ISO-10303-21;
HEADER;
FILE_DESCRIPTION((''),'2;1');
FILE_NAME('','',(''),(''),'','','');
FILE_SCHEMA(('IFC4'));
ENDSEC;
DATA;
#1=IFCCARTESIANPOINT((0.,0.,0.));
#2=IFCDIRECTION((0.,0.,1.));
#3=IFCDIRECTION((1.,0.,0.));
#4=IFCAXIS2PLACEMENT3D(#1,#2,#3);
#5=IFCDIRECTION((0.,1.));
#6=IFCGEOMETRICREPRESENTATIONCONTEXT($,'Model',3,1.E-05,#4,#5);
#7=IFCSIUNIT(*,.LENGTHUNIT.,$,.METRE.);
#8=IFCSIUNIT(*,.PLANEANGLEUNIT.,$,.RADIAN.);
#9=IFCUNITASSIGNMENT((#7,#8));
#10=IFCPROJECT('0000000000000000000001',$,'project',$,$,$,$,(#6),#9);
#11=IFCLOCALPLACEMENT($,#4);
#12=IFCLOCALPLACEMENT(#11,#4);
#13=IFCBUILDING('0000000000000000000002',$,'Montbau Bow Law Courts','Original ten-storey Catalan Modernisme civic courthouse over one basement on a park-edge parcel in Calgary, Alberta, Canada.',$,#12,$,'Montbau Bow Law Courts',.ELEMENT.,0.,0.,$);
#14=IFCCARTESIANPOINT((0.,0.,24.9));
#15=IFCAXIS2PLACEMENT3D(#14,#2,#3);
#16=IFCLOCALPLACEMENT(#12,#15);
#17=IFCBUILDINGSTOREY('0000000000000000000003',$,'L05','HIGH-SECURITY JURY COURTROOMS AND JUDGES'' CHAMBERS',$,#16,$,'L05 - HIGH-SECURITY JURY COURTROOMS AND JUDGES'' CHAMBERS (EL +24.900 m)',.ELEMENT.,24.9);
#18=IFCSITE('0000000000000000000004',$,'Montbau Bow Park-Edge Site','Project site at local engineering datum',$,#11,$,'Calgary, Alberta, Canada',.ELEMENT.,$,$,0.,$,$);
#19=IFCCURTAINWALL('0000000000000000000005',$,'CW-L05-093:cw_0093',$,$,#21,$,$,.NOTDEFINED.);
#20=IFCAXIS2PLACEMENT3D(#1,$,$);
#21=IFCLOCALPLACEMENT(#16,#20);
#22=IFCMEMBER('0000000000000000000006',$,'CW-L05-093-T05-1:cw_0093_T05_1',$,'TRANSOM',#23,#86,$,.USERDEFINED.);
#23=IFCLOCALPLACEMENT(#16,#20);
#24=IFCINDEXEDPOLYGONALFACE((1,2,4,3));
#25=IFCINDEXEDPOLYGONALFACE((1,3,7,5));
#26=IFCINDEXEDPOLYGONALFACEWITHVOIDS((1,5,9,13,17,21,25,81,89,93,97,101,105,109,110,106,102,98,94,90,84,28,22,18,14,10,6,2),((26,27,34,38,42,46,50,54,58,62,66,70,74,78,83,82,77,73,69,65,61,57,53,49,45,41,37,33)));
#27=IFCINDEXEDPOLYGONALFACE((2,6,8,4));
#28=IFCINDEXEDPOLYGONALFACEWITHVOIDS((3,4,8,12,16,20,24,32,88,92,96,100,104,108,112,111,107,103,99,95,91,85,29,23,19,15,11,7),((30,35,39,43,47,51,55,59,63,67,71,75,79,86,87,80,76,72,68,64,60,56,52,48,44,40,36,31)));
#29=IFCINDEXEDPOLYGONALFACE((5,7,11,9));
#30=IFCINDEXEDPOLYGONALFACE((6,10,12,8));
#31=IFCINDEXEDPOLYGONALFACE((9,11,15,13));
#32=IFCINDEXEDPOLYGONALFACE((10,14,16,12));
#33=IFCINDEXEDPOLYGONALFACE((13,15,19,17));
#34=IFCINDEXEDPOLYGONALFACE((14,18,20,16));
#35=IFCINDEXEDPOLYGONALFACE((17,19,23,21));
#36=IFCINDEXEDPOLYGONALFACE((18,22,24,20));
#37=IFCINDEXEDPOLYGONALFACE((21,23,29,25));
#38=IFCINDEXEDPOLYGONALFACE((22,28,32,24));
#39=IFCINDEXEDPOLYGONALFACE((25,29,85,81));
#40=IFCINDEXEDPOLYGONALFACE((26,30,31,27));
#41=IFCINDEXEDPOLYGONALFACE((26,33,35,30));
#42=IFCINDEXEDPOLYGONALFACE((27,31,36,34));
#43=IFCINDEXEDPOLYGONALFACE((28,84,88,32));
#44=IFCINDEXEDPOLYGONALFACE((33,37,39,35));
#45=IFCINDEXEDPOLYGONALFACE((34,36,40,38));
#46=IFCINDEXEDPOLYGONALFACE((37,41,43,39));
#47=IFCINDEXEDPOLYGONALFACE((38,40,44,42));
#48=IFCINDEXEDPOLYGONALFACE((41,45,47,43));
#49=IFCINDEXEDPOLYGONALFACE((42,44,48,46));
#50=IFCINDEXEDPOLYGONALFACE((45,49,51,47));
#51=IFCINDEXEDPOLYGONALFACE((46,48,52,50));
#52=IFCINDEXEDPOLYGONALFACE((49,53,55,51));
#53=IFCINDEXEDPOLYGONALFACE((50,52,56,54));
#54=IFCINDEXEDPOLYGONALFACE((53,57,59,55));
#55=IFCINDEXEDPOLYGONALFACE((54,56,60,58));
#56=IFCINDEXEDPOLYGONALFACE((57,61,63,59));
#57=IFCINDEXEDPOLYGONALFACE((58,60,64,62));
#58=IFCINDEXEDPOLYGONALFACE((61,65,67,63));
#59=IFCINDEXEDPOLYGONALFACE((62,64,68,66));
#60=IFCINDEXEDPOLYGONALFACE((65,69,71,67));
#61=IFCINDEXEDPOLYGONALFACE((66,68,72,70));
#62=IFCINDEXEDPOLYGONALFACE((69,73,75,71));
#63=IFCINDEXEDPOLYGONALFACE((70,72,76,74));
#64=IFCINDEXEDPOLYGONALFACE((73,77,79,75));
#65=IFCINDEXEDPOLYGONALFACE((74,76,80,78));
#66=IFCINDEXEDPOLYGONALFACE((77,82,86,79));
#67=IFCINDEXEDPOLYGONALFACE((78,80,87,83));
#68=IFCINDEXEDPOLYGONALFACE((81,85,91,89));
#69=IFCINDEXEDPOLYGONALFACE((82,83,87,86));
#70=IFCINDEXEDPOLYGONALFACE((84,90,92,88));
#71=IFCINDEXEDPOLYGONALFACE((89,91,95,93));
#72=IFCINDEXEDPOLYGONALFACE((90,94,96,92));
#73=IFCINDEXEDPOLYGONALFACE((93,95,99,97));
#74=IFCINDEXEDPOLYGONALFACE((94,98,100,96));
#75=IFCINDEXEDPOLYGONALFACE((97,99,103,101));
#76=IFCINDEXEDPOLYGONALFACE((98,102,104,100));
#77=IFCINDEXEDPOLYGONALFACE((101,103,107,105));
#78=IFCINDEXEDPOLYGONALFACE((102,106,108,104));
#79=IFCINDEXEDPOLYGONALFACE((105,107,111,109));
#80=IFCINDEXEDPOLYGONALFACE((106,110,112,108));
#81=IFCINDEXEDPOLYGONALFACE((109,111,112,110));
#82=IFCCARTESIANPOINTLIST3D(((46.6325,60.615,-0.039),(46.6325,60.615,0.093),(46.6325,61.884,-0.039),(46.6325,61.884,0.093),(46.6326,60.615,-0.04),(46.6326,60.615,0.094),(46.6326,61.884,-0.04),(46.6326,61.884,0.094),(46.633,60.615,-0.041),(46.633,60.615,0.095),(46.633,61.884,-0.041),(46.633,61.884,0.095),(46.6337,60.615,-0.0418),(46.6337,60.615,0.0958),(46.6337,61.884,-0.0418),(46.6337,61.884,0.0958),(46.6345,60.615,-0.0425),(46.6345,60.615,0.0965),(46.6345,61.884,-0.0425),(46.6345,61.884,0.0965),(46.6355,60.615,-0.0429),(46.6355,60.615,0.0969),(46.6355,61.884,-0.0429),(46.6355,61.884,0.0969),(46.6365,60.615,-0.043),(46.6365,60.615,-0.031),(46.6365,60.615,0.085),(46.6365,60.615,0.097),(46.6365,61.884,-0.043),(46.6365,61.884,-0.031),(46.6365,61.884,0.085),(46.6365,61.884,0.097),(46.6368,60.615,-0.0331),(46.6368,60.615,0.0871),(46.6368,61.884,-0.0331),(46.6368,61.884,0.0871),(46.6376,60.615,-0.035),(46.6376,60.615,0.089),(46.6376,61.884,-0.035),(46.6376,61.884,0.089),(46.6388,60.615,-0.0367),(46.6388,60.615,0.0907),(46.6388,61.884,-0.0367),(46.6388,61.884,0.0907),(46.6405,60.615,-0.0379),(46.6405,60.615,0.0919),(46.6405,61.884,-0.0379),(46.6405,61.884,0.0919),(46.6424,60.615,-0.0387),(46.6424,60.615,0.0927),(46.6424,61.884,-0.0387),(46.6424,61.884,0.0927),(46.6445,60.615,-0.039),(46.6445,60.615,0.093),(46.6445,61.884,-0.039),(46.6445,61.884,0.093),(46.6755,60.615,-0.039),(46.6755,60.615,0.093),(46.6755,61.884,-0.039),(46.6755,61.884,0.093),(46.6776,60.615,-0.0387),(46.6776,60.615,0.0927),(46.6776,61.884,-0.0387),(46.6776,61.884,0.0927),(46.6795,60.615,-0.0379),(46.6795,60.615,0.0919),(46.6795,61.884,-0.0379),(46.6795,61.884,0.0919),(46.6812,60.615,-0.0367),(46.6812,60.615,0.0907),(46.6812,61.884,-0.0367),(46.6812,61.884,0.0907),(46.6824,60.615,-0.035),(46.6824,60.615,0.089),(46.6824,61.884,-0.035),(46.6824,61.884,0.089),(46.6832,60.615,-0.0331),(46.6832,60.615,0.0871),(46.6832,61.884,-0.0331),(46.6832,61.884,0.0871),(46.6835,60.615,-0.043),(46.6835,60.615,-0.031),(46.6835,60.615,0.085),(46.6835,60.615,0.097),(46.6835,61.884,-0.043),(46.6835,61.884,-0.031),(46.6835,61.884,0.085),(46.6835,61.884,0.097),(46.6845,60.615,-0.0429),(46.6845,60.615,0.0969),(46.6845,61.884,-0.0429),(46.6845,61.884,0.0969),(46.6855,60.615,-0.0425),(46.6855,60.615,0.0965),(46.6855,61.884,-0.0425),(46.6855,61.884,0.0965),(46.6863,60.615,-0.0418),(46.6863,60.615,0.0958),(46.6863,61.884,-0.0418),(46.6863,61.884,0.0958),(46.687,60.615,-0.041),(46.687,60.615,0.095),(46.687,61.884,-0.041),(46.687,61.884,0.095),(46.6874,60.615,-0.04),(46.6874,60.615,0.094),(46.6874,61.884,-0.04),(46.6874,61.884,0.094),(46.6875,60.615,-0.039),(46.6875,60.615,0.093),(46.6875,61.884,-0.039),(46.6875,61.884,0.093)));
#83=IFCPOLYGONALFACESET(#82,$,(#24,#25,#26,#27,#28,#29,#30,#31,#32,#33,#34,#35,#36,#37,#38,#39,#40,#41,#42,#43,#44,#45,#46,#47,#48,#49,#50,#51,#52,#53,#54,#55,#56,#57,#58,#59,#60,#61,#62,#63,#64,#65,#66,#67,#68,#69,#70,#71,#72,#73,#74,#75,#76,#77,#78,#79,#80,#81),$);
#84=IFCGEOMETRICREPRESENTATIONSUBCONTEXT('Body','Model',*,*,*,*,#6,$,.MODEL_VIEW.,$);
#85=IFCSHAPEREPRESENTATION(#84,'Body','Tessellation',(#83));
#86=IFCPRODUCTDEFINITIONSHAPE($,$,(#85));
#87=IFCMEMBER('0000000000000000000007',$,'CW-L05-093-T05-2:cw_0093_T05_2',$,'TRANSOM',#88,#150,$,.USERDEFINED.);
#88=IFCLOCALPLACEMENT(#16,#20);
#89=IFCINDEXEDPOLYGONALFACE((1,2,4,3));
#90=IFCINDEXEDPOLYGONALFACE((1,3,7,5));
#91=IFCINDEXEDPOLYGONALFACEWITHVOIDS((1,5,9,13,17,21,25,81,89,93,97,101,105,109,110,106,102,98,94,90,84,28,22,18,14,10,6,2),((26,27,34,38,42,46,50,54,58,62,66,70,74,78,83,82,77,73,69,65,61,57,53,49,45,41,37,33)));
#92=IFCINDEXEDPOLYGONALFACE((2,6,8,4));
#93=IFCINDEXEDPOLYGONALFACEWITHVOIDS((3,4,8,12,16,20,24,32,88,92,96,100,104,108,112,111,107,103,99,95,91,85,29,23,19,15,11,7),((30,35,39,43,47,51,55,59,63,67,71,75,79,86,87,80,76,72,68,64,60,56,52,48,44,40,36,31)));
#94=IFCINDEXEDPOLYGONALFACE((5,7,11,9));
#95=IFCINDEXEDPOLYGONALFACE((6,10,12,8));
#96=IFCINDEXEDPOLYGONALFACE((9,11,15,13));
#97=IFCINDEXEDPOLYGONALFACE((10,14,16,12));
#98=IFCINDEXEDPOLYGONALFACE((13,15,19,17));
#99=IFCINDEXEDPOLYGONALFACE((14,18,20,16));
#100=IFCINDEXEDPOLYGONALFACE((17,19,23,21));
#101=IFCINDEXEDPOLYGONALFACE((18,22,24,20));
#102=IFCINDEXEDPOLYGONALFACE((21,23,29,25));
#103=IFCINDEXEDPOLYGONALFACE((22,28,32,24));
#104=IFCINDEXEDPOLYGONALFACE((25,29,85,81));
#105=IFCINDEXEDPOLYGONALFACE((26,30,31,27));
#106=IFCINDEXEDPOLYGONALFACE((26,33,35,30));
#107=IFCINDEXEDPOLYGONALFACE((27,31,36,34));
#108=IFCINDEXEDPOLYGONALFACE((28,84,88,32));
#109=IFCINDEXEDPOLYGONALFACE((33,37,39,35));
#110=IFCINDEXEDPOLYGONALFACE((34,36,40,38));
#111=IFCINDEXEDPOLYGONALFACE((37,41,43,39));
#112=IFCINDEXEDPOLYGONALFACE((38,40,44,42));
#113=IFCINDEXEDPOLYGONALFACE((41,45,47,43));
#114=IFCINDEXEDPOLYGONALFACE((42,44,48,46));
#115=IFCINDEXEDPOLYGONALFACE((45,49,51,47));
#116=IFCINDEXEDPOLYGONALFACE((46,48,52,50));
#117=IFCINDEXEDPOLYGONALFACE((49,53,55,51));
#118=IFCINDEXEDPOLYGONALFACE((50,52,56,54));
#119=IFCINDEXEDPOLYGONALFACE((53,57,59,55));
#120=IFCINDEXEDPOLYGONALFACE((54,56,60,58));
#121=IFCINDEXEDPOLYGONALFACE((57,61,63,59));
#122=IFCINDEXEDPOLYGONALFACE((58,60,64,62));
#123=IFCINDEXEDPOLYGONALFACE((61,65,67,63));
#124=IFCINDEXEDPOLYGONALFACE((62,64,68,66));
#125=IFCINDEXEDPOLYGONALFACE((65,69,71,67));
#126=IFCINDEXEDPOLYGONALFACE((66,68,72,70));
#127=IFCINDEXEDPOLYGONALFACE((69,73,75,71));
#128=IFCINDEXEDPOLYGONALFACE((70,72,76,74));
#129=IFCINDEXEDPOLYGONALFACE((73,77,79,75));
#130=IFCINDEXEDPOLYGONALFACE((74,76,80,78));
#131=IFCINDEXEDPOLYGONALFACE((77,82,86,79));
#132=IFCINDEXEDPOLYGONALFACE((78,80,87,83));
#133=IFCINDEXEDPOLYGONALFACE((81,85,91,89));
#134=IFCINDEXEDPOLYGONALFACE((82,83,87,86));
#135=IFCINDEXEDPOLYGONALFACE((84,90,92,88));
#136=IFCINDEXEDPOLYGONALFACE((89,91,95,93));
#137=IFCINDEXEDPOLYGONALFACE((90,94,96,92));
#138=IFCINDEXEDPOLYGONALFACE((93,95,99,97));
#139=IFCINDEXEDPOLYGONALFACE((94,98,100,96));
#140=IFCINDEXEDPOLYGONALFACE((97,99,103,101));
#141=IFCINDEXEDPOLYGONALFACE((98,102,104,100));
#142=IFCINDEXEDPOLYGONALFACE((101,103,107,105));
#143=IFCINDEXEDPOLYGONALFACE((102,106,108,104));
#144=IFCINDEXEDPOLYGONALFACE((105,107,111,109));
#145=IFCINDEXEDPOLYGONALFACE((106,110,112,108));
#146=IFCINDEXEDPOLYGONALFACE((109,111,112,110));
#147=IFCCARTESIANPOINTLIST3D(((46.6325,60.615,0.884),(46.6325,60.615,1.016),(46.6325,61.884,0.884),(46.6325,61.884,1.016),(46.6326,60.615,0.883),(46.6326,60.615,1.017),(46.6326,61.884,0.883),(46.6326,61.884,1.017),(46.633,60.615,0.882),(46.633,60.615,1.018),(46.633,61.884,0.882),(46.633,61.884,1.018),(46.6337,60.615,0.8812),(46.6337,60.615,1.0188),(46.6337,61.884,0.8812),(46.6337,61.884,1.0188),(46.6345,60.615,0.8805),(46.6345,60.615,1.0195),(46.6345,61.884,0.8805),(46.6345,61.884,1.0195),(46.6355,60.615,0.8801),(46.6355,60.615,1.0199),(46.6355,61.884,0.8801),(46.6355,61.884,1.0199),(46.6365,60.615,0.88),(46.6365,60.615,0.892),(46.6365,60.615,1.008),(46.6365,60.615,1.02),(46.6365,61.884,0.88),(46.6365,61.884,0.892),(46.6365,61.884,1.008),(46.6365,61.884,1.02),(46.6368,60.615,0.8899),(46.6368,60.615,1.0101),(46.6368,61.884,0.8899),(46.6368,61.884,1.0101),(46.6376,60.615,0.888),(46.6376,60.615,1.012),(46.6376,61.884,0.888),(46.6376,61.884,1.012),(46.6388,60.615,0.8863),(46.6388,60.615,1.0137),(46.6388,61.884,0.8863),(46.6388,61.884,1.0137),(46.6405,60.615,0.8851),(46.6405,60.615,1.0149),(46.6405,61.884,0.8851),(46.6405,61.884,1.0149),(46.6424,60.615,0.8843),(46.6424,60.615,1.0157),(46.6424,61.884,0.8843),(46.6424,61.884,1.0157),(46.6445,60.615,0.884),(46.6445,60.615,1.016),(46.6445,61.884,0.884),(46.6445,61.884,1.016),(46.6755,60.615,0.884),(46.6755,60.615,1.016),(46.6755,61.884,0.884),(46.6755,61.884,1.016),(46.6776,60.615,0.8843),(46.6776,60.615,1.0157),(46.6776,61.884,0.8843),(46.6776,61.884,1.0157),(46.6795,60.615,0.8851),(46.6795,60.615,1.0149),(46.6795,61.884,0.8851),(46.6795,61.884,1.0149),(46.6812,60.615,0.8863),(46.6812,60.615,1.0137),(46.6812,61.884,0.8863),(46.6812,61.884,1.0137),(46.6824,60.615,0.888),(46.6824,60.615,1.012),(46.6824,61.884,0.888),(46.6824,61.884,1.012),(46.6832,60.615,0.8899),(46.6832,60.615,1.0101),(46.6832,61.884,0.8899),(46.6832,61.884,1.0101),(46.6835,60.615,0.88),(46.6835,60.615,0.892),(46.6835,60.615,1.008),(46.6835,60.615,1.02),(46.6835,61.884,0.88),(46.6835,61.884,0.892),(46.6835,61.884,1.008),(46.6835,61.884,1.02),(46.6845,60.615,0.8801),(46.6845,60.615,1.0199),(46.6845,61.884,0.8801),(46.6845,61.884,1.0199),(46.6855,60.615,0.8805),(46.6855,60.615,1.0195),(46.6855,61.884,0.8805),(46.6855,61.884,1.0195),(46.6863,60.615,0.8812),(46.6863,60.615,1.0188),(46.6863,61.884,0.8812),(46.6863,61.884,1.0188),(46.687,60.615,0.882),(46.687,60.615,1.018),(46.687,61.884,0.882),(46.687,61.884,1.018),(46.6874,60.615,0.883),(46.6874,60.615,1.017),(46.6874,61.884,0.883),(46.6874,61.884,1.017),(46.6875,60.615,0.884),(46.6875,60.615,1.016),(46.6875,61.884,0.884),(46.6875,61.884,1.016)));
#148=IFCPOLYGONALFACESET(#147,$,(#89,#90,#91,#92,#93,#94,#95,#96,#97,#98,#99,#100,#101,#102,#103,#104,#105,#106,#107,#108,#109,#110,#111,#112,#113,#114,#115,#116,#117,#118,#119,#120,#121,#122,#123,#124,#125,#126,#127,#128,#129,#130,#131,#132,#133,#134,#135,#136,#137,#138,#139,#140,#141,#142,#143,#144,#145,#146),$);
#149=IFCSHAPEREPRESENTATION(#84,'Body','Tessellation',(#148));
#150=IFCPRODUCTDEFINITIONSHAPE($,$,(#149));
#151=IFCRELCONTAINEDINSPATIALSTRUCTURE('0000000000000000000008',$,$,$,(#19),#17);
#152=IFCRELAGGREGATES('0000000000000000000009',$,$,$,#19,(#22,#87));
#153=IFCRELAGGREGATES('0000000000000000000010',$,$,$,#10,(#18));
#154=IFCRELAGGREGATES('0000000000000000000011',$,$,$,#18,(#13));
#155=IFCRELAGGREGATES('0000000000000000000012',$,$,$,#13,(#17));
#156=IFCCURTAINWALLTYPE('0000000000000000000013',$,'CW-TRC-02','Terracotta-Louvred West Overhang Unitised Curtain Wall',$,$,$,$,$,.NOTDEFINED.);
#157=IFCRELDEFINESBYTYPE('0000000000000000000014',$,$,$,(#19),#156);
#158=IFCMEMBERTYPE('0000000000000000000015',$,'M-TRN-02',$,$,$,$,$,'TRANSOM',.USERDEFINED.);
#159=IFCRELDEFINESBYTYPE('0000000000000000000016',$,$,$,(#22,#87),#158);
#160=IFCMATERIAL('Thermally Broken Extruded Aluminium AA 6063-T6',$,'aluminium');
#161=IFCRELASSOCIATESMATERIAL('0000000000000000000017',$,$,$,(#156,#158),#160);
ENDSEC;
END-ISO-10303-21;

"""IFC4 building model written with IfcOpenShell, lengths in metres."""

from ifc_helpers import new_model, si_unit, direction, frame, origin_with_axes, origin_2d_with_axis, place, context, subcontext, project, spatial, hollow_rectangle, extrude, material, material_profile, profile_set, type_object, element, aggregate, save


model = new_model("IFC4")

# Units and contexts
model_context = context("Model", 3, precision=1e-05, world=origin_with_axes(), true_north=direction((0.0, 1.0)))
body_context = subcontext(model_context, "Body", "Model", "MODEL_VIEW")
ifc_project = project(units=[si_unit("LENGTHUNIT", "METRE"), si_unit("PLANEANGLEUNIT", "RADIAN")], contexts=[model_context])

# Site, building, storey
site_placement = place(None, origin_with_axes())
site = spatial("IfcSite", under=ifc_project, at=site_placement, Name="Montbau Bow Park-Edge Site", Description="Project site at local engineering datum", LongName="Calgary, Alberta, Canada", CompositionType="ELEMENT", RefElevation=0.0)
building_placement = place(site_placement, origin_with_axes())
building = spatial("IfcBuilding", under=site, at=building_placement, Name="Montbau Bow Law Courts", Description="Original ten-storey Catalan Modernisme civic courthouse over one basement on a park-edge parcel in Calgary, Alberta, Canada.", LongName="Montbau Bow Law Courts", CompositionType="ELEMENT", ElevationOfRefHeight=0.0, ElevationOfTerrain=0.0)
storey_placement = place(building_placement, frame((0.0, 0.0, 24.9), z_axis=(0.0, 0.0, 1.0), x_axis=(1.0, 0.0, 0.0)))
storey = spatial("IfcBuildingStorey", under=building, at=storey_placement, Name="L05", Description="HIGH-SECURITY JURY COURTROOMS AND JUDGES' CHAMBERS", LongName="L05 - HIGH-SECURITY JURY COURTROOMS AND JUDGES' CHAMBERS (EL +24.900 m)", CompositionType="ELEMENT", Elevation=24.9)

# Curtain wall, members
ifc_material_1 = material(Name="Thermally Broken Extruded Aluminium AA 6063-T6", Category="aluminium")
curtain_wall_type = type_object("IfcCurtainWallType", Name="CW-TRC-02", Description="Terracotta-Louvred West Overhang Unitised Curtain Wall", PredefinedType="NOTDEFINED", material=ifc_material_1)
curtain_wall_placement = place(None, frame((46.66, 55.04, 24.9), z_axis=(0.0, 0.0, 1.0), x_axis=(1.0, 0.0, 0.0)))
curtain_wall = element("IfcCurtainWall", 1, at=curtain_wall_placement, inside=storey, type_object=curtain_wall_type, Name="CW-L05-093:cw_0093", PredefinedType="NOTDEFINED")
ifc_material_profile_1 = material_profile(ifc_material_1, hollow_rectangle(XDim=0.055, YDim=0.14, WallThickness=0.004, InnerFilletRadius=0.008, OuterFilletRadius=0.004, at=origin_2d_with_axis()), Name="CWT-140X55", Category="Main", Priority=0)
ifc_profile_set_1 = profile_set([ifc_material_profile_1], Name="Thermally Broken Extruded Aluminium AA 6063-T6")
member_type_1 = type_object("IfcMemberType", Name="M-TRN-02", ElementType="TRANSOM", PredefinedType="USERDEFINED", material=ifc_profile_set_1)
member_1_placement = place(None, frame((46.66, 60.615, 24.927), z_axis=(0.0, 1.0, 0.0), x_axis=(-1.0, 0.0, 0.0)))
member_1 = element("IfcMember", 2, at=member_1_placement, type_object=member_type_1, Name="CW-L05-093-T05-1:cw_0093_T05_1", ObjectType="TRANSOM", PredefinedType="USERDEFINED", context=body_context, shape_type="SweptSolid", body=[
    extrude(hollow_rectangle(XDim=0.055, YDim=0.14, WallThickness=0.004, InnerFilletRadius=0.008, OuterFilletRadius=0.004, at=origin_2d_with_axis()), origin_with_axes(), (0.0, 0.0, 1.0), 1.269),
])
member_2_placement = place(None, frame((46.66, 60.615, 25.85), z_axis=(0.0, 1.0, 0.0), x_axis=(-1.0, 0.0, 0.0)))
member_2 = element("IfcMember", 3, at=member_2_placement, type_object=member_type_1, Name="CW-L05-093-T05-2:cw_0093_T05_2", ObjectType="TRANSOM", PredefinedType="USERDEFINED", context=body_context, shape_type="SweptSolid", body=[
    extrude(hollow_rectangle(XDim=0.055, YDim=0.14, WallThickness=0.004, InnerFilletRadius=0.008, OuterFilletRadius=0.004, at=origin_2d_with_axis()), origin_with_axes(), (0.0, 0.0, 1.0), 1.269),
])
aggregate(curtain_wall, [member_1, member_2])

save(model, "model.ifc")
